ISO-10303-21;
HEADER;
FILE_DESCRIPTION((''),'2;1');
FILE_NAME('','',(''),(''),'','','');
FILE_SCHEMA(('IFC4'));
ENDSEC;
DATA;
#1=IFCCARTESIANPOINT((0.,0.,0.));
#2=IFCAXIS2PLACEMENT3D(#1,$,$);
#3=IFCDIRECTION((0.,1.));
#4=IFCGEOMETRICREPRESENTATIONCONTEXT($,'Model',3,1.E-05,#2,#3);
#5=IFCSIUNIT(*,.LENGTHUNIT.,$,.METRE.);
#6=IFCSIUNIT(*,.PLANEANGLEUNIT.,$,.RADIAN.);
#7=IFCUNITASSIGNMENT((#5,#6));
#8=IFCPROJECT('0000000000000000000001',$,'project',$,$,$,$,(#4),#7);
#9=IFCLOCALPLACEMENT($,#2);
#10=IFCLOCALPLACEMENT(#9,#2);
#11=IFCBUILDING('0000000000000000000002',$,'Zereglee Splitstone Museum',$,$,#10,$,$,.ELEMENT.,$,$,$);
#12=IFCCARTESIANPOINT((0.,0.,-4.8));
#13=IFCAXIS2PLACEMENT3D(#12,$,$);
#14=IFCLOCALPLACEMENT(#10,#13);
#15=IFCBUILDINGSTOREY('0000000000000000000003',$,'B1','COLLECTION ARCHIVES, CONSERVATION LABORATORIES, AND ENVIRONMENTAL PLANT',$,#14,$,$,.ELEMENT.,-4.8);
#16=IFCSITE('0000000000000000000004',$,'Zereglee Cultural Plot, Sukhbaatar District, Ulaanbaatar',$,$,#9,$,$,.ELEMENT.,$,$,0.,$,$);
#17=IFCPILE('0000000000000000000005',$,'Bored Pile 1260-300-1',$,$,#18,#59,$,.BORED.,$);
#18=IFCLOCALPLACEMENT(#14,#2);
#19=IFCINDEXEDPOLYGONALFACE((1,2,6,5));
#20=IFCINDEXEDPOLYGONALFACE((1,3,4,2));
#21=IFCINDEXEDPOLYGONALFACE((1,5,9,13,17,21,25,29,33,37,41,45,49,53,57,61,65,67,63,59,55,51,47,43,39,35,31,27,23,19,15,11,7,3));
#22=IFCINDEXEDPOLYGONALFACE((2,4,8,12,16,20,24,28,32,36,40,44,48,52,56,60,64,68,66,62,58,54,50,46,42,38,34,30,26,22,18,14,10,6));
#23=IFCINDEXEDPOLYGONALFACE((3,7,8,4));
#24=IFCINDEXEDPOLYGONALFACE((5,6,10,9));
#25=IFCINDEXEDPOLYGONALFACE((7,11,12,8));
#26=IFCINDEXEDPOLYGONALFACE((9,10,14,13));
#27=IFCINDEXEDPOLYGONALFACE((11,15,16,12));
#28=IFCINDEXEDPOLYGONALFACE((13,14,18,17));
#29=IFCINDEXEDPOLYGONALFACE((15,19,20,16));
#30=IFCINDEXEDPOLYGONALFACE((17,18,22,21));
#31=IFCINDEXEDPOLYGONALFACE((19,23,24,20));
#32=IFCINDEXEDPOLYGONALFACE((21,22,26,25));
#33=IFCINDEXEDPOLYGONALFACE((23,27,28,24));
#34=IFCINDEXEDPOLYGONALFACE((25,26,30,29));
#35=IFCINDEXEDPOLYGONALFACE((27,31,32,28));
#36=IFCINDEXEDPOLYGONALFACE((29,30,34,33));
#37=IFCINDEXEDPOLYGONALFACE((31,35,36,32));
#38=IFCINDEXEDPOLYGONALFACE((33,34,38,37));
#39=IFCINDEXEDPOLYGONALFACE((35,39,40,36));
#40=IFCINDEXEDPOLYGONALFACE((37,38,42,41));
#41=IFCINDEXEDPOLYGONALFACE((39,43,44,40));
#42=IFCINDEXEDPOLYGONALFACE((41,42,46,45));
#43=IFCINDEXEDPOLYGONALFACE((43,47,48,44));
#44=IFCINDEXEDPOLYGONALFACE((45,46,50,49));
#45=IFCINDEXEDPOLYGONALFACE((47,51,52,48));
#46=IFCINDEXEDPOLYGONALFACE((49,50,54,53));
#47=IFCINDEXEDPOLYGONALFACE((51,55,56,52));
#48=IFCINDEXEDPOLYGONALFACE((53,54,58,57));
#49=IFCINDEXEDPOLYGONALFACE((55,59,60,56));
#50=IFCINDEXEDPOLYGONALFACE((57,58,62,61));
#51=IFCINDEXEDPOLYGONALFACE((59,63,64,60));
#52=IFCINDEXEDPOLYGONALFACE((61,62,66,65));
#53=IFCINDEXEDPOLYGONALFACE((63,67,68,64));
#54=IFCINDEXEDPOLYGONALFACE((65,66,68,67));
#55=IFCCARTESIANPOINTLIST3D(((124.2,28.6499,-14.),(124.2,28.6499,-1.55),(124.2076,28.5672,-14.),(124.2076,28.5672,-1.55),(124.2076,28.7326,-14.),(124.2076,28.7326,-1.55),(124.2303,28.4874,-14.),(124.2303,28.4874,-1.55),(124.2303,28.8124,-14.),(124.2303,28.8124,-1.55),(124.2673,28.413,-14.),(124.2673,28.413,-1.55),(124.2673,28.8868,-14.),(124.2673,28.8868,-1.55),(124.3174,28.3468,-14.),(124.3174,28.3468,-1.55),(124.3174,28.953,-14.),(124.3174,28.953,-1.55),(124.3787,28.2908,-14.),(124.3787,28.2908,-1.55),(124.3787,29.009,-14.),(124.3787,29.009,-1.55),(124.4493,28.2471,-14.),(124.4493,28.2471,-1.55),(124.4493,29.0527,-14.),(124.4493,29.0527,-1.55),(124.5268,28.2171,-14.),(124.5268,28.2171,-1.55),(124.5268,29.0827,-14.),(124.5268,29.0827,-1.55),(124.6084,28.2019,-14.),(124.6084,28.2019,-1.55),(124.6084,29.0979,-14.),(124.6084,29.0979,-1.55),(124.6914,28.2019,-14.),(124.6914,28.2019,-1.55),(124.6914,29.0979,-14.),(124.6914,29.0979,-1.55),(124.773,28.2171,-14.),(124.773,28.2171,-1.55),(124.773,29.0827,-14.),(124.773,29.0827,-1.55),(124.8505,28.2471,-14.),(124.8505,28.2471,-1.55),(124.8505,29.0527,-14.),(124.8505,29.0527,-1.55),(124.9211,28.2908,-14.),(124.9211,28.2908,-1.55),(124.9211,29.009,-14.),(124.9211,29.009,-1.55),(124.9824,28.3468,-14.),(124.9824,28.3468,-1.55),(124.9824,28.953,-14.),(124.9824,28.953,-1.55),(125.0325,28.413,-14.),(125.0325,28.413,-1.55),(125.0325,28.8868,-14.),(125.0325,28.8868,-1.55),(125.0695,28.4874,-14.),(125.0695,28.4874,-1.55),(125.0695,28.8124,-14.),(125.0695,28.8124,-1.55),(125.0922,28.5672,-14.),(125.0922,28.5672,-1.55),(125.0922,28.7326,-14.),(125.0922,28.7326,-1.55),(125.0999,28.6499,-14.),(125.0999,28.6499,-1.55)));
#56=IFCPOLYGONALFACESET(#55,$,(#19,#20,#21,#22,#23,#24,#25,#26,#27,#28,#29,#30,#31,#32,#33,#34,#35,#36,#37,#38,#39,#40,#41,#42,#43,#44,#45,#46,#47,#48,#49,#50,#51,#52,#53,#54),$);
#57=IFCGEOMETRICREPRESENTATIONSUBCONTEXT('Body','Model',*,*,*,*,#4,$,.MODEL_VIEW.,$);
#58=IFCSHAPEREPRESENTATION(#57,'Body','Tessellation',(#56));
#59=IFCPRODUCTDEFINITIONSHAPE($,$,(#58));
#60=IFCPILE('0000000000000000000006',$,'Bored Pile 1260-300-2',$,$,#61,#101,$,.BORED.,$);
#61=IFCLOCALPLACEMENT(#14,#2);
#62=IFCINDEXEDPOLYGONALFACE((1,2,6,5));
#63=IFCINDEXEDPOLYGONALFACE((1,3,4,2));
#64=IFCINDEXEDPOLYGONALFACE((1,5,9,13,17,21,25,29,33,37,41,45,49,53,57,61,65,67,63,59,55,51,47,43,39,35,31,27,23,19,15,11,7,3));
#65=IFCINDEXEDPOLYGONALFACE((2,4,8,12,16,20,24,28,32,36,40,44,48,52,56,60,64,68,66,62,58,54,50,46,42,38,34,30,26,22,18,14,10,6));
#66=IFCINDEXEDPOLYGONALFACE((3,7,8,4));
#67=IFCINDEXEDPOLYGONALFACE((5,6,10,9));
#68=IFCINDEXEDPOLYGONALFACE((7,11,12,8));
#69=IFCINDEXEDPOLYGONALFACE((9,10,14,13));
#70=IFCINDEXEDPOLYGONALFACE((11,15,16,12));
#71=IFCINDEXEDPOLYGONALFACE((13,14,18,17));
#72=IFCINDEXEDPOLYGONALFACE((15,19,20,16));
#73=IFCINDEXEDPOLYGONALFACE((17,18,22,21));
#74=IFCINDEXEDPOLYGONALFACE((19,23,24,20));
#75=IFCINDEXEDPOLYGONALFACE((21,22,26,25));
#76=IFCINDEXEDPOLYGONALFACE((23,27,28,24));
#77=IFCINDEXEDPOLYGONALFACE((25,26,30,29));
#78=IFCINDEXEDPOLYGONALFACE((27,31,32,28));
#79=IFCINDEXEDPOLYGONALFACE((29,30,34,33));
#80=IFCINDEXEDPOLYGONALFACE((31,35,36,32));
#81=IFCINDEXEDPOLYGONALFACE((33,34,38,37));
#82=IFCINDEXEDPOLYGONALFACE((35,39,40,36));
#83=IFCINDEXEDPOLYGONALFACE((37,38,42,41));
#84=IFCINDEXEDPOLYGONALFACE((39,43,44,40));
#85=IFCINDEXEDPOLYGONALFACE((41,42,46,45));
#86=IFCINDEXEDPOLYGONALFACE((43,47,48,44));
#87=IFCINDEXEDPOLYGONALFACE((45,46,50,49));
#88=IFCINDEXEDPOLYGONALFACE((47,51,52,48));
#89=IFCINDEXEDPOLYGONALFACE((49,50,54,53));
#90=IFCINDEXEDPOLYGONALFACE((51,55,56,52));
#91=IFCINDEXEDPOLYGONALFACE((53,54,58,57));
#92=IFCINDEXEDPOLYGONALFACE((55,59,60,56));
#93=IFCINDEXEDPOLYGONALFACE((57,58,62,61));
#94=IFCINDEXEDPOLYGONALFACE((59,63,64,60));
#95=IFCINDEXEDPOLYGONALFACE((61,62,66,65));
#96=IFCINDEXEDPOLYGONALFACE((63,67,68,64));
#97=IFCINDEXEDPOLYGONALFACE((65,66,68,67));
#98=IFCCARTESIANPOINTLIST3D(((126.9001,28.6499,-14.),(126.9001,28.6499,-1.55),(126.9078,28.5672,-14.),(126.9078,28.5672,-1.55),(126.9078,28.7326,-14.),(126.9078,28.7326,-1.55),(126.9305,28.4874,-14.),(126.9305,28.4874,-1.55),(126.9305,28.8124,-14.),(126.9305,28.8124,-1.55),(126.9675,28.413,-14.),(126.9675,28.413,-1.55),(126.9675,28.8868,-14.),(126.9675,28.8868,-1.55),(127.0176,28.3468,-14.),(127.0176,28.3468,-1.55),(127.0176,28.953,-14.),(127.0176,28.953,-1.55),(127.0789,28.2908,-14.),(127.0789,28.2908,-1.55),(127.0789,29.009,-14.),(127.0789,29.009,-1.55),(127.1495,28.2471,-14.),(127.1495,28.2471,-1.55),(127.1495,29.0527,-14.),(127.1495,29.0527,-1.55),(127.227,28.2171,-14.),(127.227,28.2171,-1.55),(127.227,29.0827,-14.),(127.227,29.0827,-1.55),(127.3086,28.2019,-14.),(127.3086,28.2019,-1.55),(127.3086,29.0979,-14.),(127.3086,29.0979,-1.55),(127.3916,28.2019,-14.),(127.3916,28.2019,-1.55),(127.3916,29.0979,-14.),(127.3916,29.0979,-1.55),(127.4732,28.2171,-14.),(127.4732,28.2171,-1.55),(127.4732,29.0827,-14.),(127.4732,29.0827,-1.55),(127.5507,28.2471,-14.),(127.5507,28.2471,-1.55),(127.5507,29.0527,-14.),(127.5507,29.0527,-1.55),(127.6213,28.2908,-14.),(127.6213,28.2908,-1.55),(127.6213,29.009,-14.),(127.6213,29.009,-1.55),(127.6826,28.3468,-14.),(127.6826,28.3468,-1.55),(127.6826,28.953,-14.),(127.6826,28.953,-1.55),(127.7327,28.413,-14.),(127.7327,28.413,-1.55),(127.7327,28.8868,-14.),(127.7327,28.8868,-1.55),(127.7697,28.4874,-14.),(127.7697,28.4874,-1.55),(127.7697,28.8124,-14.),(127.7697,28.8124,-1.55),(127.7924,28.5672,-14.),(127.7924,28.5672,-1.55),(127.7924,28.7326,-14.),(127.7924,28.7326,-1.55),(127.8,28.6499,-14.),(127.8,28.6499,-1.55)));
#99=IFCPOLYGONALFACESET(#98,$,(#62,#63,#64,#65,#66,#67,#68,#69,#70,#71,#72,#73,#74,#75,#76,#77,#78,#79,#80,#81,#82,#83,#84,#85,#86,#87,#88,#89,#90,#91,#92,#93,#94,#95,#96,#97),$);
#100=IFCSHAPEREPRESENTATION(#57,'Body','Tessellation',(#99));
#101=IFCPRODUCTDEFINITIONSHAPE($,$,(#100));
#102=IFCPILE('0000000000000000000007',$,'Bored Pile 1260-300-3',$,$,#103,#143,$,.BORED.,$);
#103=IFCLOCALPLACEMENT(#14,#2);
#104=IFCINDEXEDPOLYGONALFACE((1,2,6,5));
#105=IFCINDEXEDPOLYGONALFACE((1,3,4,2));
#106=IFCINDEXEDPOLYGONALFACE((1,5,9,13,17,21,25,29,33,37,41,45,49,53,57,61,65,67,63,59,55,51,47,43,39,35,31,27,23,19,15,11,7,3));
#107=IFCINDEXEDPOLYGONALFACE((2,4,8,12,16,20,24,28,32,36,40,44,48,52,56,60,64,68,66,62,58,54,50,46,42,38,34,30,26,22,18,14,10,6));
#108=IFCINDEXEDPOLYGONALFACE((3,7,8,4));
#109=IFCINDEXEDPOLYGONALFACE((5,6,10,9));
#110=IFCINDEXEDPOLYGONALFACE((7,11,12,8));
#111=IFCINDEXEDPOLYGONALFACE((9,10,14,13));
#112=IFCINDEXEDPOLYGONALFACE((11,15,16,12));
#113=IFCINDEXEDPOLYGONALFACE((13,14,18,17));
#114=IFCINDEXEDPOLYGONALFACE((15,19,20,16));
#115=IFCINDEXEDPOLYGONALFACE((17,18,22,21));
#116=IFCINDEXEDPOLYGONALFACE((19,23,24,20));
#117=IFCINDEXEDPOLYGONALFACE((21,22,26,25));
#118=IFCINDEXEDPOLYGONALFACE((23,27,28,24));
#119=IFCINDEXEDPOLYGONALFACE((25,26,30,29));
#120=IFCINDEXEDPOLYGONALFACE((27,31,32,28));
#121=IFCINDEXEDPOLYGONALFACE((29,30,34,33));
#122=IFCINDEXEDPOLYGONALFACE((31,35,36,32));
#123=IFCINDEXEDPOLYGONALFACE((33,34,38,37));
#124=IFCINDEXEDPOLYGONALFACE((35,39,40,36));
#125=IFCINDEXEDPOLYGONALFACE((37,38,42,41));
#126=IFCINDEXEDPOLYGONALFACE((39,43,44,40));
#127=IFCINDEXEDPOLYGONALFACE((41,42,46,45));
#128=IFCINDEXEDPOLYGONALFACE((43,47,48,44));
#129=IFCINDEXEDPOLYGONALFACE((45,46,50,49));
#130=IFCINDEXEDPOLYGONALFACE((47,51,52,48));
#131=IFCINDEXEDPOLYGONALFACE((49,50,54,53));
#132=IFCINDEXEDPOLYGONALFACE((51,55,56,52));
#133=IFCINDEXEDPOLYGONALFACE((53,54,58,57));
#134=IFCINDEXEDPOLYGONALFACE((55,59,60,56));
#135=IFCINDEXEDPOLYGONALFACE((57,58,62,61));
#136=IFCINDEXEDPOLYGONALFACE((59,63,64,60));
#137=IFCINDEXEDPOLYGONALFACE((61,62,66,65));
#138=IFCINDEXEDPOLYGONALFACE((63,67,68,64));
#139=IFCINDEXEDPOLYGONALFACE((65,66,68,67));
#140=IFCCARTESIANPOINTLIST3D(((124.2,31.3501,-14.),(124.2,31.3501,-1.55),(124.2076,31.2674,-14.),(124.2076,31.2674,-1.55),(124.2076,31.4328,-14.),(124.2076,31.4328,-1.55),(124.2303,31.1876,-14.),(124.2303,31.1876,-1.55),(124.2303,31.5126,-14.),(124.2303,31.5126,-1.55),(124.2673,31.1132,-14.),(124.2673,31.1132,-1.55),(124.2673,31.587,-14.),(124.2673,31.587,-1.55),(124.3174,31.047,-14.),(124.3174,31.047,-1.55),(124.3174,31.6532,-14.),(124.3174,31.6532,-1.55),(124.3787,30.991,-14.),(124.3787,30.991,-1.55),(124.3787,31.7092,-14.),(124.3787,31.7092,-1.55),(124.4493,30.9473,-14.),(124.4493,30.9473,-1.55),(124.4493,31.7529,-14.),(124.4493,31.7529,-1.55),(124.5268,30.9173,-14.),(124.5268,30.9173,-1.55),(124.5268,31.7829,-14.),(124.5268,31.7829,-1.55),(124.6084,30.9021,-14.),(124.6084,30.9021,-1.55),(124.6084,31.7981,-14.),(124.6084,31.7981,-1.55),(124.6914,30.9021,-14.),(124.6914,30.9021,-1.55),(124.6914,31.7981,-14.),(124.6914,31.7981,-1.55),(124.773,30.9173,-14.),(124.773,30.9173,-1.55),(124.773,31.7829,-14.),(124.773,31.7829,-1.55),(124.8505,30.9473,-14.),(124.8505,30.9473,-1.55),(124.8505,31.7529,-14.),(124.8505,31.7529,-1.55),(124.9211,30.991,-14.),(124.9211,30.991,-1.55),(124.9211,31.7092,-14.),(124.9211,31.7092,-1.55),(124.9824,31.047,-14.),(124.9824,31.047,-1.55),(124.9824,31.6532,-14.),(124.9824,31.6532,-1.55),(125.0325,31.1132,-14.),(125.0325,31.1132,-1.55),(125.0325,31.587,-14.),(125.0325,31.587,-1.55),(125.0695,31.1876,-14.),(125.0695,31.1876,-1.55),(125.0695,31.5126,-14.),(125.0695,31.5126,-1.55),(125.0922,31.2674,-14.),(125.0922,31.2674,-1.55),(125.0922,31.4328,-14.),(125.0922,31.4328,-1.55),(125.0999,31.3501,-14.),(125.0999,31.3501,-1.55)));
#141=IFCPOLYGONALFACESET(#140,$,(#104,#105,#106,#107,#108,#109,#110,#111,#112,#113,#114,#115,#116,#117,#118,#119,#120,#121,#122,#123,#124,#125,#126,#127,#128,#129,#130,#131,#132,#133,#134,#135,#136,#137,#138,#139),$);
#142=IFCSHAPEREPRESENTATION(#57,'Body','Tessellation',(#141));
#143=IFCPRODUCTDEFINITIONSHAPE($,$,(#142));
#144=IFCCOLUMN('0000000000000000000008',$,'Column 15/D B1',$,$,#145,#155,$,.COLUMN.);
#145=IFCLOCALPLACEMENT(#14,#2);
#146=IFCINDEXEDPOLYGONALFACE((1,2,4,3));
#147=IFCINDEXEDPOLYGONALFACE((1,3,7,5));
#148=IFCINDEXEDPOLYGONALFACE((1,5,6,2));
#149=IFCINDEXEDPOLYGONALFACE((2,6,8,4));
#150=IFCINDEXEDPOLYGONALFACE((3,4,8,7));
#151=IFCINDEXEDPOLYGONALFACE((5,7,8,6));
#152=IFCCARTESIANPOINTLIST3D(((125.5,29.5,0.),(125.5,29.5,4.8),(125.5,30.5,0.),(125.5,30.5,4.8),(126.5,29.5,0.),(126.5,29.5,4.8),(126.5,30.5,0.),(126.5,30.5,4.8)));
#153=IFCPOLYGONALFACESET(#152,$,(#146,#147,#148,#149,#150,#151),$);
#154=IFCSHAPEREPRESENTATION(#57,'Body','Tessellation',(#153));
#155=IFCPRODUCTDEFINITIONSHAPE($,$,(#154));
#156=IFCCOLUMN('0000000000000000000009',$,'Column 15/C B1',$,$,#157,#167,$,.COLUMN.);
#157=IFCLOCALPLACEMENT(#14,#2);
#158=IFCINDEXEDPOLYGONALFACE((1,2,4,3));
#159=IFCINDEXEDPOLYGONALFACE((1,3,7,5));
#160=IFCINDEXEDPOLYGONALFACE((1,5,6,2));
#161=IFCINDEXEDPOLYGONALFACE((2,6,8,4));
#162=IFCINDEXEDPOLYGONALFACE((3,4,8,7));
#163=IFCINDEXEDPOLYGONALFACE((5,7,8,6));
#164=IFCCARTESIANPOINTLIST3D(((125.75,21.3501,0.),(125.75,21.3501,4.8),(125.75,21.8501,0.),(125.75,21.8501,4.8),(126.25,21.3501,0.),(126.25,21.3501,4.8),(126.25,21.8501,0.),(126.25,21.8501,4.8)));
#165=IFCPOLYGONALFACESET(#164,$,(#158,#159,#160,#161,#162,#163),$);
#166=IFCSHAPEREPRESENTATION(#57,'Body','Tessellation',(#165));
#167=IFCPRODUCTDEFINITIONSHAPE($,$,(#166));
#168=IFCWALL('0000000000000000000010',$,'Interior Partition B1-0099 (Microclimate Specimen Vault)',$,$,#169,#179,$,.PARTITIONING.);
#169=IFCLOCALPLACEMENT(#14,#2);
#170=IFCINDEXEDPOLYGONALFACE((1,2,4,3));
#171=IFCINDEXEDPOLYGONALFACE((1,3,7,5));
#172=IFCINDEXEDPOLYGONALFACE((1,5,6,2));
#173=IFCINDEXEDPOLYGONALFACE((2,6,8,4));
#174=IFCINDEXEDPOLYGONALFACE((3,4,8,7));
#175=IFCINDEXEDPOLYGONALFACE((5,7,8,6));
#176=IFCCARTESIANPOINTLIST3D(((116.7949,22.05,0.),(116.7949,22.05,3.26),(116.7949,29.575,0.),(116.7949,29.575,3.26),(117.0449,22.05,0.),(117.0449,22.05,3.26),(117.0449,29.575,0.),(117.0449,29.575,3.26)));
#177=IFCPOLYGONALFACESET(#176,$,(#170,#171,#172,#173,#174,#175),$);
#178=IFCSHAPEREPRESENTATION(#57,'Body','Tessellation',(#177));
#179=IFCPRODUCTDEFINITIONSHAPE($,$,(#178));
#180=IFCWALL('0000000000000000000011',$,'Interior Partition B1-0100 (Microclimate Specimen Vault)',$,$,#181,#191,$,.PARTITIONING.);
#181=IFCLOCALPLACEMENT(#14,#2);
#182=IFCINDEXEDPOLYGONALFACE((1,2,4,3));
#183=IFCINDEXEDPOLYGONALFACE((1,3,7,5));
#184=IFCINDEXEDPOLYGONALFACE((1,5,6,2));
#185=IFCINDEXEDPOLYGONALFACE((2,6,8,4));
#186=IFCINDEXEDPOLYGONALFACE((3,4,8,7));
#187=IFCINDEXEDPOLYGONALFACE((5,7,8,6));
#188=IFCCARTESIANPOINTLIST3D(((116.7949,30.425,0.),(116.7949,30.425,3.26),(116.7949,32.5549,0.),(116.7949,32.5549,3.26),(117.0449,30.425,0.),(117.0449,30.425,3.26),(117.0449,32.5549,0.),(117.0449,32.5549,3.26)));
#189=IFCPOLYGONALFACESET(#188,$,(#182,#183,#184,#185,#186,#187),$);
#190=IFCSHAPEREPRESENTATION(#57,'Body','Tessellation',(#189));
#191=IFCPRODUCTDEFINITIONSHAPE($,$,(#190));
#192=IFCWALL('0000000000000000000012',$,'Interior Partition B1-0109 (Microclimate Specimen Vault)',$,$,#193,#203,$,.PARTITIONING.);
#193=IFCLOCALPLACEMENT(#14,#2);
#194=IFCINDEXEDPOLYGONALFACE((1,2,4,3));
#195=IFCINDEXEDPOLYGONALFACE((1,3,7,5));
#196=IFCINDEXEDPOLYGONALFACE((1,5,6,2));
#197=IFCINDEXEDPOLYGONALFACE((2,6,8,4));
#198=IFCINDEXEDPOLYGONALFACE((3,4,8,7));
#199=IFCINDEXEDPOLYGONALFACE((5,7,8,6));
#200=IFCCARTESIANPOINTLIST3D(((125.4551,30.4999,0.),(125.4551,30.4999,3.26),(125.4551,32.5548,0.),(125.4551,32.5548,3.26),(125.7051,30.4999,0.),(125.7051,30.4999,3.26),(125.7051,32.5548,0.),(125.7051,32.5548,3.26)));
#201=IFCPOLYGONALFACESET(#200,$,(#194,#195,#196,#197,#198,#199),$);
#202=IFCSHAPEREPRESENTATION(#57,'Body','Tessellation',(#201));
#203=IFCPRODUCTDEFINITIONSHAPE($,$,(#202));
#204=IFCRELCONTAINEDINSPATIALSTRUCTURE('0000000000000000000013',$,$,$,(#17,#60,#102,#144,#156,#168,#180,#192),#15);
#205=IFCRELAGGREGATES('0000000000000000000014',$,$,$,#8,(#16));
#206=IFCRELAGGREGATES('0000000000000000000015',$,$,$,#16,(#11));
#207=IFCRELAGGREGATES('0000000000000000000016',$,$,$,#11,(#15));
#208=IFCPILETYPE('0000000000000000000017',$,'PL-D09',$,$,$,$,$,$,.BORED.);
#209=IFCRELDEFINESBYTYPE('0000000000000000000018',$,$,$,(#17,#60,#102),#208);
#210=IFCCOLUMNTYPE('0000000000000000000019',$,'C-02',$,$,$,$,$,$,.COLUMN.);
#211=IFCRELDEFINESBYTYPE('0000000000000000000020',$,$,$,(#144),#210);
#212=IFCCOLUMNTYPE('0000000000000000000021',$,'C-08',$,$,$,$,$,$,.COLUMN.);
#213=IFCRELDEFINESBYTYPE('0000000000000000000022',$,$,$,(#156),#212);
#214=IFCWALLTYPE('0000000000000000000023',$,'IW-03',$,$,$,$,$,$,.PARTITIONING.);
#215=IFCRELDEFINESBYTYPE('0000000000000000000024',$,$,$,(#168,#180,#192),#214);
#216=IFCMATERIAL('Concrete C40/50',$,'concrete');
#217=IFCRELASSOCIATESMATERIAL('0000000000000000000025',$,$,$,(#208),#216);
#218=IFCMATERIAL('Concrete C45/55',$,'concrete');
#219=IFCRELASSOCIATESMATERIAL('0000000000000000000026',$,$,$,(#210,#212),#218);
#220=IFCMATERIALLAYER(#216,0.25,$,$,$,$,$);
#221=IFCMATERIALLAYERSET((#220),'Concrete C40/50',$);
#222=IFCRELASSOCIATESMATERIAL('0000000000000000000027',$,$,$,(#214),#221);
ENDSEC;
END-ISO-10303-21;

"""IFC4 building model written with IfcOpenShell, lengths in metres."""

from ifc_helpers import new_model, si_unit, direction, frame, frame_2d, origin, origin_2d, place, context, subcontext, project, spatial, rectangle, circle, extrude, material, layer, layer_set, material_profile, profile_set, type_object, element, save


model = new_model("IFC4")

# Units and contexts
model_context = context("Model", 3, precision=1e-05, world=origin(), true_north=direction((0.0, 1.0)))
body_context = subcontext(model_context, "Body", "Model", "MODEL_VIEW")
ifc_project = project(units=[si_unit("LENGTHUNIT", "METRE"), si_unit("PLANEANGLEUNIT", "RADIAN")], contexts=[model_context])

# Site, building, storey
site_placement = place(None, origin())
site = spatial("IfcSite", under=ifc_project, at=site_placement, Name="Zereglee Cultural Plot, Sukhbaatar District, Ulaanbaatar", CompositionType="ELEMENT", RefElevation=0.0)
building_placement = place(site_placement, origin())
building = spatial("IfcBuilding", under=site, at=building_placement, Name="Zereglee Splitstone Museum", CompositionType="ELEMENT")
storey_placement = place(building_placement, frame((0.0, 0.0, -4.8)))
storey = spatial("IfcBuildingStorey", under=building, at=storey_placement, Name="B1", Description="COLLECTION ARCHIVES, CONSERVATION LABORATORIES, AND ENVIRONMENTAL PLANT", CompositionType="ELEMENT", Elevation=-4.8)

# Shared definitions
ifc_material_1 = material(Name="Concrete C40/50", Category="concrete")

# Piles
ifc_material_profile_1 = material_profile(ifc_material_1, circle(Radius=0.45, at=origin_2d()), Name="PILE D900")
ifc_profile_set_1 = profile_set([ifc_material_profile_1], Name="Concrete C40/50")
pile_type = type_object("IfcPileType", Name="PL-D09", PredefinedType="BORED", material=ifc_profile_set_1)
for number, where, z_axis, x_axis, name in (
    (1, (124.6499, 28.6499, -1.55), (0.0, 0.0, -1.0), (1.0, 0.0, 0.0), "Bored Pile 1260-300-1"),
    (2, (127.3501, 28.6499, -1.55), (0.0, 0.0, -1.0), (1.0, 0.0, 0.0), "Bored Pile 1260-300-2"),
    (3, (124.6499, 31.3501, -1.55), (0.0, 0.0, -1.0), (1.0, 0.0, 0.0), "Bored Pile 1260-300-3"),
):
    element("IfcPile", number, at=place(storey_placement, frame(where, z_axis=z_axis, x_axis=x_axis)), inside=storey, type_object=pile_type, Name=name, PredefinedType="BORED", context=body_context, shape_type="SweptSolid", body=[
        extrude(circle(Radius=0.45, at=origin_2d()), origin(), (0.0, 0.0, 1.0), 12.45),
    ])

# Columns
ifc_material_2 = material(Name="Concrete C45/55", Category="concrete")
ifc_material_profile_2 = material_profile(ifc_material_2, rectangle(XDim=1.0, YDim=1.0, at=origin_2d()), Name="RC 1000x1000")
ifc_profile_set_2 = profile_set([ifc_material_profile_2], Name="Concrete C45/55")
column_type_1 = type_object("IfcColumnType", Name="C-02", PredefinedType="COLUMN", material=ifc_profile_set_2)
column_1_placement = place(storey_placement, frame((126.0, 30.0, 0.0), z_axis=(0.0, 0.0, 1.0), x_axis=(1.0, 0.0, 0.0)))
element("IfcColumn", 4, at=column_1_placement, inside=storey, type_object=column_type_1, Name="Column 15/D B1", PredefinedType="COLUMN", context=body_context, shape_type="SweptSolid", body=[
    extrude(rectangle(XDim=1.0, YDim=1.0, at=origin_2d()), origin(), (0.0, 0.0, 1.0), 4.8),
])
ifc_material_profile_3 = material_profile(ifc_material_2, rectangle(XDim=0.5, YDim=0.5, at=origin_2d()), Name="RC 500x500")
ifc_profile_set_3 = profile_set([ifc_material_profile_3], Name="Concrete C45/55")
column_type_2 = type_object("IfcColumnType", Name="C-08", PredefinedType="COLUMN", material=ifc_profile_set_3)
column_2_placement = place(storey_placement, frame((126.0, 21.6001, 0.0), z_axis=(0.0, 0.0, 1.0), x_axis=(1.0, 0.0, 0.0)))
element("IfcColumn", 5, at=column_2_placement, inside=storey, type_object=column_type_2, Name="Column 15/C B1", PredefinedType="COLUMN", context=body_context, shape_type="SweptSolid", body=[
    extrude(rectangle(XDim=0.5, YDim=0.5, at=origin_2d()), origin(), (0.0, 0.0, 1.0), 4.8),
])

# Walls
ifc_layer_1 = layer(ifc_material_1, 0.25)
ifc_layer_set_1 = layer_set([ifc_layer_1], Name="Concrete C40/50")
wall_type = type_object("IfcWallType", Name="IW-03", PredefinedType="PARTITIONING", material=ifc_layer_set_1)
wall_1_placement = place(storey_placement, frame((116.9199, 22.05, 0.0), z_axis=(0.0, 0.0, 1.0), x_axis=(0.0, 1.0, 0.0)))
element("IfcWall", 6, at=wall_1_placement, inside=storey, type_object=wall_type, Name="Interior Partition B1-0099 (Microclimate Specimen Vault)", PredefinedType="PARTITIONING", context=body_context, shape_type="SweptSolid", body=[
    extrude(rectangle(XDim=7.5249, YDim=0.25, at=frame_2d((3.7625, 0.0))), origin(), (0.0, 0.0, 1.0), 3.26),
])
wall_2_placement = place(storey_placement, frame((116.9199, 30.425, 0.0), z_axis=(0.0, 0.0, 1.0), x_axis=(0.0, 1.0, 0.0)))
element("IfcWall", 7, at=wall_2_placement, inside=storey, type_object=wall_type, Name="Interior Partition B1-0100 (Microclimate Specimen Vault)", PredefinedType="PARTITIONING", context=body_context, shape_type="SweptSolid", body=[
    extrude(rectangle(XDim=2.1299, YDim=0.25, at=frame_2d((1.0649, 0.0))), origin(), (0.0, 0.0, 1.0), 3.26),
])
wall_3_placement = place(storey_placement, frame((125.5801, 30.5, 0.0), z_axis=(0.0, 0.0, 1.0), x_axis=(0.0, 1.0, 0.0)))
element("IfcWall", 8, at=wall_3_placement, inside=storey, type_object=wall_type, Name="Interior Partition B1-0109 (Microclimate Specimen Vault)", PredefinedType="PARTITIONING", context=body_context, shape_type="SweptSolid", body=[
    extrude(rectangle(XDim=2.0549, YDim=0.25, at=frame_2d((1.0273, 0.0))), origin(), (0.0, 0.0, 1.0), 3.26),
])

save(model, "model.ifc")
